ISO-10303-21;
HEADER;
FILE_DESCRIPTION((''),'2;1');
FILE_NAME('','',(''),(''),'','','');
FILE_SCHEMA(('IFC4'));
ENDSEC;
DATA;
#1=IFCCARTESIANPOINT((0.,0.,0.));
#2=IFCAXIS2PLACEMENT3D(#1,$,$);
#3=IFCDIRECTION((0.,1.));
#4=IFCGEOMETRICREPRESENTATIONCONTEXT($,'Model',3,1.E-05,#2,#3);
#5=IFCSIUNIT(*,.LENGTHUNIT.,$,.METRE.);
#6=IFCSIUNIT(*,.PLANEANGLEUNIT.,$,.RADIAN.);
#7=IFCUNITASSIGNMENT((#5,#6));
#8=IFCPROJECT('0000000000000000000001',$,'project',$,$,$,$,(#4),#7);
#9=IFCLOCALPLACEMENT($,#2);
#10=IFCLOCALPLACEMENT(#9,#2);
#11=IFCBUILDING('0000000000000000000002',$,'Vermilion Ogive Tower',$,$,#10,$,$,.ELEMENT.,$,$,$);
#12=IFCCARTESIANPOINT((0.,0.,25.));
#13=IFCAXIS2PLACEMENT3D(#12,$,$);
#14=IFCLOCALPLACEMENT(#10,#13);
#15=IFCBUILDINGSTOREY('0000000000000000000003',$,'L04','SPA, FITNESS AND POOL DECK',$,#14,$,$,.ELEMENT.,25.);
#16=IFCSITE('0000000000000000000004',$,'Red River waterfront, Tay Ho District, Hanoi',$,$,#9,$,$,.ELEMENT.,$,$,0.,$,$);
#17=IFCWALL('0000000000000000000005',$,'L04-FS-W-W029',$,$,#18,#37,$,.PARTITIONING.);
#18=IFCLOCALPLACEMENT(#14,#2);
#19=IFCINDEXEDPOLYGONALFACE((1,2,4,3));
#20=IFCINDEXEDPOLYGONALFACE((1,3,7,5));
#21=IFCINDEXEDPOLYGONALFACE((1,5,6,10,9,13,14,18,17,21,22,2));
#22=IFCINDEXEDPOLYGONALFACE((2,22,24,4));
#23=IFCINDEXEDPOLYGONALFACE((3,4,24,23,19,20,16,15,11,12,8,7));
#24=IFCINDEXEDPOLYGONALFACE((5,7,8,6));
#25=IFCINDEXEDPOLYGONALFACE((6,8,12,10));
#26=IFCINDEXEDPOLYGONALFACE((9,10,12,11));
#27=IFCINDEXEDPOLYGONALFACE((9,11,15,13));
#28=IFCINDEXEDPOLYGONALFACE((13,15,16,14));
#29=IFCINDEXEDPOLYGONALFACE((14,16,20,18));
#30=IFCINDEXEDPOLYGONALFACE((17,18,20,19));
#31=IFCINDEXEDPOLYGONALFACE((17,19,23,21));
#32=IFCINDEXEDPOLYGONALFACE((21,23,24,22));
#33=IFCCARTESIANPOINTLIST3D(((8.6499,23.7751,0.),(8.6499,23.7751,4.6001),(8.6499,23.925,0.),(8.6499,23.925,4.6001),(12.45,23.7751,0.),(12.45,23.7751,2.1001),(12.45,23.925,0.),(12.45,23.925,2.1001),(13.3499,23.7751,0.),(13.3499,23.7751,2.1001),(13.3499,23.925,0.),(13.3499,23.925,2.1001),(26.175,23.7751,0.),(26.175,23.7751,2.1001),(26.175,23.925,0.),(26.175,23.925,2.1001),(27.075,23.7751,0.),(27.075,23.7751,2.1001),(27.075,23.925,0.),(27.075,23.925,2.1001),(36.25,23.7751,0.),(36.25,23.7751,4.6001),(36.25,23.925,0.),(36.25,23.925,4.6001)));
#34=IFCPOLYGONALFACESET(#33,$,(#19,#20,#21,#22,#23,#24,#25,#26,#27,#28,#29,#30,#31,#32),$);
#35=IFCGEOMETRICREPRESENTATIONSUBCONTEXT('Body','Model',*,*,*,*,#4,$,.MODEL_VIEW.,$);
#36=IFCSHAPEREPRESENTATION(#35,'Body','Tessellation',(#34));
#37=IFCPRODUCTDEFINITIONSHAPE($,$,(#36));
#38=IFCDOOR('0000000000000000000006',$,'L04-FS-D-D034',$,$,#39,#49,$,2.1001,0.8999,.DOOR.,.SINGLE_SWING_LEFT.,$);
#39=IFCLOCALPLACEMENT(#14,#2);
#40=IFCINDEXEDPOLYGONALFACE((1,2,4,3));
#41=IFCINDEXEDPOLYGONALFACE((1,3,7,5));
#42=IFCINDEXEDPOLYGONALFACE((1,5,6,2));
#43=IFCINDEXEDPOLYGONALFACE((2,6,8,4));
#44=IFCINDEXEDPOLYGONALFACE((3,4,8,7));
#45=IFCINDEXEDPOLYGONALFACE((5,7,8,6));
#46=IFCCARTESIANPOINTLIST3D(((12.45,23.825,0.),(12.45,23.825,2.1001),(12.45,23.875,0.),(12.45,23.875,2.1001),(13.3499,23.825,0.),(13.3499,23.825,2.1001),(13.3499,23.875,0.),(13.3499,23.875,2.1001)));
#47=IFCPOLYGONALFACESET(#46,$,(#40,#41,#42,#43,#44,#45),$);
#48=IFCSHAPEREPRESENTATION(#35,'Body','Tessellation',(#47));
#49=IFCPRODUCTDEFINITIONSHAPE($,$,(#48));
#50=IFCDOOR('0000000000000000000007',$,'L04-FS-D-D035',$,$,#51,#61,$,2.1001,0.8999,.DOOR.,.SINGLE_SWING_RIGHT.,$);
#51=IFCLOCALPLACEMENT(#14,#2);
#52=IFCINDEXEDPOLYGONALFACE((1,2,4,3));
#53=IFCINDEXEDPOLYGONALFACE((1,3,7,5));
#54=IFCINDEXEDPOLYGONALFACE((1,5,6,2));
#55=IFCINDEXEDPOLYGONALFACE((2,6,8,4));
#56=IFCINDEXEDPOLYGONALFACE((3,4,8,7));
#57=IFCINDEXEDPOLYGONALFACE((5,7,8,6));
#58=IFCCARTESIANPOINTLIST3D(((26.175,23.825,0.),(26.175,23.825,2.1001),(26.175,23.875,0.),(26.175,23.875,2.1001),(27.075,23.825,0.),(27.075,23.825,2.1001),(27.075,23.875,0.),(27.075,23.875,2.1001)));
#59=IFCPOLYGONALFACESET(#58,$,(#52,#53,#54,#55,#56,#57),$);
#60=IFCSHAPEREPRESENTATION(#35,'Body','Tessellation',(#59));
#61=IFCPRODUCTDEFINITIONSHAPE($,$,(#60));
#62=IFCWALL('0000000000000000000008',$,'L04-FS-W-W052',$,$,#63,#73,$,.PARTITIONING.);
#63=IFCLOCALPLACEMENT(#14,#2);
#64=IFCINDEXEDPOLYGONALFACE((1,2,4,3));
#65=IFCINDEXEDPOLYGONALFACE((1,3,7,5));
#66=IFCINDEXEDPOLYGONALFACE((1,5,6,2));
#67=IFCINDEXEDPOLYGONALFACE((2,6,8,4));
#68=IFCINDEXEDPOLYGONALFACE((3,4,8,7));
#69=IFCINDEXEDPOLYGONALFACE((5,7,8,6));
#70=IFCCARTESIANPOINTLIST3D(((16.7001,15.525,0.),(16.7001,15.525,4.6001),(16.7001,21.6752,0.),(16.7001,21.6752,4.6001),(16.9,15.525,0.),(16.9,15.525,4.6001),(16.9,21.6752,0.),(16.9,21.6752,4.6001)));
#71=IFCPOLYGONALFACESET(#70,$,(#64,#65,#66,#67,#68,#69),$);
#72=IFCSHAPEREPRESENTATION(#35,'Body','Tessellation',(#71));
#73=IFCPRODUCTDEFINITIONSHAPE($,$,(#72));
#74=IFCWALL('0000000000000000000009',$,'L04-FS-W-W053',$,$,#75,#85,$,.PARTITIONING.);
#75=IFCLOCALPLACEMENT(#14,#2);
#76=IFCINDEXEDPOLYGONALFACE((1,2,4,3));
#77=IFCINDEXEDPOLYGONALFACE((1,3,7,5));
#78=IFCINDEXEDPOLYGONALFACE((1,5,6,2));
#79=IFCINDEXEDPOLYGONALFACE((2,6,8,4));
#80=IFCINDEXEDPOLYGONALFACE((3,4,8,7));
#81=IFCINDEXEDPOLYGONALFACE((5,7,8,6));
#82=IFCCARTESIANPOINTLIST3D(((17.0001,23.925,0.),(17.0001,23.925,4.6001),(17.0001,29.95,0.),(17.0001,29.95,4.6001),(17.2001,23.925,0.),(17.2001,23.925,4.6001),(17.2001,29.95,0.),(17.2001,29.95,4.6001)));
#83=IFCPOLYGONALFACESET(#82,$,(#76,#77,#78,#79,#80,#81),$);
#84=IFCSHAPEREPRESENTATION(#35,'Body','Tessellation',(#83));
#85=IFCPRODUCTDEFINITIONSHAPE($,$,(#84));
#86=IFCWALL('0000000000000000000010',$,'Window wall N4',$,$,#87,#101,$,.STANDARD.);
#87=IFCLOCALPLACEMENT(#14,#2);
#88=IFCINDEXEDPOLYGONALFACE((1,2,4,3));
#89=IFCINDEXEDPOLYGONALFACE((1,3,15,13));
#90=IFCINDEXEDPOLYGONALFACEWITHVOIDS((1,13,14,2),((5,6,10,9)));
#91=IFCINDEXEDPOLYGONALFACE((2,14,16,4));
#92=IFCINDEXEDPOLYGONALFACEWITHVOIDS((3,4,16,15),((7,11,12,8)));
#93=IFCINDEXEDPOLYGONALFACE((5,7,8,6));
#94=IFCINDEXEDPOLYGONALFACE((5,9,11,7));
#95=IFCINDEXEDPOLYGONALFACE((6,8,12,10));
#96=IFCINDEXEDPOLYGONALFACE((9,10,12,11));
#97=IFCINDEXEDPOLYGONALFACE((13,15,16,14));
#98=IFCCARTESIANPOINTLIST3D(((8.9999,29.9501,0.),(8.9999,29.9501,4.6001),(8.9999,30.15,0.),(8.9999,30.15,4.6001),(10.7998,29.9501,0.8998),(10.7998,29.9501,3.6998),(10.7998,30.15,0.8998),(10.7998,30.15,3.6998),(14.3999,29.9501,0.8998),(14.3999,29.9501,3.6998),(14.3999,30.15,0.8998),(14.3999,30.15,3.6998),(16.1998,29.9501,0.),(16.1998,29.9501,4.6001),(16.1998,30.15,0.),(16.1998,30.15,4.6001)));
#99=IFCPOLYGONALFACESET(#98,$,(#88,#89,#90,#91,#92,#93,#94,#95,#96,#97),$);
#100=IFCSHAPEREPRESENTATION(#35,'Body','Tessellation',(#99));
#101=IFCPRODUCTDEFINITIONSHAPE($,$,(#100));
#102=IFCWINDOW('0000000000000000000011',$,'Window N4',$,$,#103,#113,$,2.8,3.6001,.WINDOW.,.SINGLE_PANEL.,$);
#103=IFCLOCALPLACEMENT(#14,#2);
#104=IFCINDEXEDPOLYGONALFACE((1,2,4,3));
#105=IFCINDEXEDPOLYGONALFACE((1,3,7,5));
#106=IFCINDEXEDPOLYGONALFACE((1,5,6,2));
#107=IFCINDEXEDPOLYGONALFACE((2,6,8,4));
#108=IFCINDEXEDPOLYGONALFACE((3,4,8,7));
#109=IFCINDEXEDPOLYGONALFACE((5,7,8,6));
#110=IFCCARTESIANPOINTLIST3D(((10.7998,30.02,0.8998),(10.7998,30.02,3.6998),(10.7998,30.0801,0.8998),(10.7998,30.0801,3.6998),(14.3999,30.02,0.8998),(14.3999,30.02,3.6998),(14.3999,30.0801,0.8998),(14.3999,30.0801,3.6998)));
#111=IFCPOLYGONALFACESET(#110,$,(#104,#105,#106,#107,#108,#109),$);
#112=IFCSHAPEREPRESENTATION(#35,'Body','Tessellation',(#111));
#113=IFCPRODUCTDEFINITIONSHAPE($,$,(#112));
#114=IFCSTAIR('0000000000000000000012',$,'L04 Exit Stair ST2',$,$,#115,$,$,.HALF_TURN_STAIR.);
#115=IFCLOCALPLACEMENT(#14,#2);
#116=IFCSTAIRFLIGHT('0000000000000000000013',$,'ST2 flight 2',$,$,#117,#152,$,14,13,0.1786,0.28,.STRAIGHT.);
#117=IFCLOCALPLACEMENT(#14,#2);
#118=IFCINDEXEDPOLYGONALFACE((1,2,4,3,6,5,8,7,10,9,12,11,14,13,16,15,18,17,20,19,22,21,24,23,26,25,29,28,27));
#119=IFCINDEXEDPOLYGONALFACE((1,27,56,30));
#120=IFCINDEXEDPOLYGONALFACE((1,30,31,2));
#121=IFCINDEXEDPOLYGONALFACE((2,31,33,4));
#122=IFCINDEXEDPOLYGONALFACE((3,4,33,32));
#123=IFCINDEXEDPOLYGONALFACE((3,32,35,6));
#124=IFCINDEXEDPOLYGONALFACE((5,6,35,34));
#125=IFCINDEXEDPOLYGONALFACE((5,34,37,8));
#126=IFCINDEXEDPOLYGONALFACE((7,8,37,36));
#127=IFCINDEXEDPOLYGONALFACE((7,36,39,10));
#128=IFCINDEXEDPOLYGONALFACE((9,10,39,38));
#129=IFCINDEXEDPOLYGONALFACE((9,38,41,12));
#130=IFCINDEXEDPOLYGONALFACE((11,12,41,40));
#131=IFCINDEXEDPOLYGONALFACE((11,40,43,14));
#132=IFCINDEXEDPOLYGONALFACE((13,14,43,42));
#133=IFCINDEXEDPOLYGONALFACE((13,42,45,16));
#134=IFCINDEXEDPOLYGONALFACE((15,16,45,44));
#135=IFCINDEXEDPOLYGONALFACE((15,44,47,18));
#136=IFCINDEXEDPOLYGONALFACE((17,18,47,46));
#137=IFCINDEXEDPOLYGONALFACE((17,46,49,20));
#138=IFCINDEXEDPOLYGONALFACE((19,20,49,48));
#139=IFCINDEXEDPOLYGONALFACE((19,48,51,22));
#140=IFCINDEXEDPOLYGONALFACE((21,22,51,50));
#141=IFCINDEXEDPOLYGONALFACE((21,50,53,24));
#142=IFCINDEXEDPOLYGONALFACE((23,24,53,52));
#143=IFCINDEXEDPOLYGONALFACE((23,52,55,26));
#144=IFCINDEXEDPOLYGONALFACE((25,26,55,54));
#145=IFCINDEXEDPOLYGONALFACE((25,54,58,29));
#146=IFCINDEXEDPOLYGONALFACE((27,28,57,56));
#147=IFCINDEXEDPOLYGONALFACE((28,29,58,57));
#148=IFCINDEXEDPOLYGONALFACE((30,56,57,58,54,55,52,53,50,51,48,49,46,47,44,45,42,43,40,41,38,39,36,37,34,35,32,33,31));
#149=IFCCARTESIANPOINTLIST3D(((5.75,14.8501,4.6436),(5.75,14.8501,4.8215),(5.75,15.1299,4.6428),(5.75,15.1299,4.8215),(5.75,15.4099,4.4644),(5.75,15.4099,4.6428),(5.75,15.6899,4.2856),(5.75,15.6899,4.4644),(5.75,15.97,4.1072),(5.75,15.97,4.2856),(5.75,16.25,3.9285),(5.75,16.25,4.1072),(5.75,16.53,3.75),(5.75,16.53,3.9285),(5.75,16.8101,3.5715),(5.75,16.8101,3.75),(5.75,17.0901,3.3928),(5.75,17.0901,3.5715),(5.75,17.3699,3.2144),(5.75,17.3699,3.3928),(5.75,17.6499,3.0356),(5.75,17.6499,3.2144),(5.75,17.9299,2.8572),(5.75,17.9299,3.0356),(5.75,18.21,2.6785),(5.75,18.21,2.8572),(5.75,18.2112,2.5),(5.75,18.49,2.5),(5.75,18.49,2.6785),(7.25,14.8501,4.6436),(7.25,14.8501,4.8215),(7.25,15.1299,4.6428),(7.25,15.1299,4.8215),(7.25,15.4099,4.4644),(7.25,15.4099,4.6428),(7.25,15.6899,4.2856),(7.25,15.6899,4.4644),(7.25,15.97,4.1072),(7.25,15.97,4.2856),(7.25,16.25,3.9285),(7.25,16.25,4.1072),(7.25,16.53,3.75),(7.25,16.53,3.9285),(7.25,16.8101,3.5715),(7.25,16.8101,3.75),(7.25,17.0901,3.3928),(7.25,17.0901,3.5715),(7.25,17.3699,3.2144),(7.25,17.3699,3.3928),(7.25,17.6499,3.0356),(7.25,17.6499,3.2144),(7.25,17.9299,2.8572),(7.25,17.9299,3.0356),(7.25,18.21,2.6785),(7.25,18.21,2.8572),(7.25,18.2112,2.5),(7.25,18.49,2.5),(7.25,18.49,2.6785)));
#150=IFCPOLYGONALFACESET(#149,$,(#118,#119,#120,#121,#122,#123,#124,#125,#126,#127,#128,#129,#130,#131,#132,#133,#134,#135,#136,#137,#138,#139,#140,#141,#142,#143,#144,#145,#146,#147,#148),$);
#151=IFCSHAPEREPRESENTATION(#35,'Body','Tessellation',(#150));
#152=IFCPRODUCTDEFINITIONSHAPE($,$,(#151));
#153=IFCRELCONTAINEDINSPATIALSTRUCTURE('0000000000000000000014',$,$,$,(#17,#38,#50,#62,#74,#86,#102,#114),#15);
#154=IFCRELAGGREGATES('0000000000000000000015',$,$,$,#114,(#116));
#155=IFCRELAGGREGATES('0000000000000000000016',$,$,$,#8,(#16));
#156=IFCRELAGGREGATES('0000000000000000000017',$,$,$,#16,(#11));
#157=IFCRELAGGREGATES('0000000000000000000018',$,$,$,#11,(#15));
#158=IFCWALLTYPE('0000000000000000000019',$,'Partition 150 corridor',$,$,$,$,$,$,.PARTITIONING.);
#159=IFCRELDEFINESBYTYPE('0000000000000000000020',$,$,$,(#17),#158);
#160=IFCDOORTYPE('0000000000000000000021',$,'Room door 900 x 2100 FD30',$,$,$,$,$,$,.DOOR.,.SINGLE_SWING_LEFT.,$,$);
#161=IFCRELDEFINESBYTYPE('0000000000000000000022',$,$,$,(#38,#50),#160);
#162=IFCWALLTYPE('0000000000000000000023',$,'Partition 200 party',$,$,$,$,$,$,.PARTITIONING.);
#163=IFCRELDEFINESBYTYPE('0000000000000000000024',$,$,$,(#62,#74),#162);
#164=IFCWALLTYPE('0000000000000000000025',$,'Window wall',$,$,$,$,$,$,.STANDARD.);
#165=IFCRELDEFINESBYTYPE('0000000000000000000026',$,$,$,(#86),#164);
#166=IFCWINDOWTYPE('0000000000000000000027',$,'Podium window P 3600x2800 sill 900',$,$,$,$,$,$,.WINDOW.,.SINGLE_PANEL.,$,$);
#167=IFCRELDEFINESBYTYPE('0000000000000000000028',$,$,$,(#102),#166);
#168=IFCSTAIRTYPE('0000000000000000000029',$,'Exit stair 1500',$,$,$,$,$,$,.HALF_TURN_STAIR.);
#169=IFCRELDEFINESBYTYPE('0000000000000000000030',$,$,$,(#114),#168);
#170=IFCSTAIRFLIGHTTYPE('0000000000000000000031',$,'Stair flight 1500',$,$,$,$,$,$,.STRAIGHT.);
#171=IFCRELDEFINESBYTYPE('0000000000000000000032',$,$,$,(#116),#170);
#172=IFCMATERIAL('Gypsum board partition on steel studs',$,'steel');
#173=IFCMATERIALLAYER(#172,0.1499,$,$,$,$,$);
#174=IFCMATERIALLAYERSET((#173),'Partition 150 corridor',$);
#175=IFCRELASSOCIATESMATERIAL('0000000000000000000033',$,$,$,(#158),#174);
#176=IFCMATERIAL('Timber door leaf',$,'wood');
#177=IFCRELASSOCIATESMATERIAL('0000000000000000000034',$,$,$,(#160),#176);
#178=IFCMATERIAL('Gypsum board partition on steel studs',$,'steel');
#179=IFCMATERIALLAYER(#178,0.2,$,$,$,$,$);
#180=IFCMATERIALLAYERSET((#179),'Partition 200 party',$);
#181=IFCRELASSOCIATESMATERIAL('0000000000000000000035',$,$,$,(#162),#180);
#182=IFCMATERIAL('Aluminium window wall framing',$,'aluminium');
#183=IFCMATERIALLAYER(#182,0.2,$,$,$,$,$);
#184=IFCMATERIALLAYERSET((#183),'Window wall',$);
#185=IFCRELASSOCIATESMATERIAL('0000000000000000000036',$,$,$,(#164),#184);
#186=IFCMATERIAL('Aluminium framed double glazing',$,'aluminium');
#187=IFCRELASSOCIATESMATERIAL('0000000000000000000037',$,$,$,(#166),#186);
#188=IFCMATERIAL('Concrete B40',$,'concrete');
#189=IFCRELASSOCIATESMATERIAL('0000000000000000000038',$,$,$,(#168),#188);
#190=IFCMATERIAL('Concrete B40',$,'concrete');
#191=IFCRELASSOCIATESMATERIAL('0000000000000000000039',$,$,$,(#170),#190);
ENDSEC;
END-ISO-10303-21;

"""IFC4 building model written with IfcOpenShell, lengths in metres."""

from ifc_helpers import new_model, si_unit, direction, frame, frame_2d, origin, place, context, subcontext, project, spatial, polyline, rectangle, outline, extrude, material, layer, layer_set, type_object, element, fill, aggregate, save


model = new_model("IFC4")

# Units and contexts
model_context = context("Model", 3, precision=1e-05, world=origin(), true_north=direction((0.0, 1.0)))
body_context = subcontext(model_context, "Body", "Model", "MODEL_VIEW")
ifc_project = project(units=[si_unit("LENGTHUNIT", "METRE"), si_unit("PLANEANGLEUNIT", "RADIAN")], contexts=[model_context])

# Site, building, storey
site_placement = place(None, origin())
site = spatial("IfcSite", under=ifc_project, at=site_placement, Name="Red River waterfront, Tay Ho District, Hanoi", CompositionType="ELEMENT", RefElevation=0.0)
building_placement = place(site_placement, origin())
building = spatial("IfcBuilding", under=site, at=building_placement, Name="Vermilion Ogive Tower", CompositionType="ELEMENT")
storey_placement = place(building_placement, frame((0.0, 0.0, 25.0)))
storey = spatial("IfcBuildingStorey", under=building, at=storey_placement, Name="L04", Description="SPA, FITNESS AND POOL DECK", CompositionType="ELEMENT", Elevation=25.0)

# Shared definitions
ifc_material_1 = material(Name="Gypsum board partition on steel studs", Category="steel")
ifc_layer_1 = layer(ifc_material_1, 0.1499)
ifc_layer_set_1 = layer_set([ifc_layer_1], Name="Partition 150 corridor")
wall_type_1 = type_object("IfcWallType", Name="Partition 150 corridor", PredefinedType="PARTITIONING", material=ifc_layer_set_1)
ifc_material_2 = material(Name="Timber door leaf", Category="wood")
door_type_1 = type_object("IfcDoorType", Name="Room door 900 x 2100 FD30", OperationType="SINGLE_SWING_LEFT", PredefinedType="DOOR", material=ifc_material_2)

# Wall, openings, doors
wall_1_placement = place(storey_placement, frame((8.6499, 23.8501, 0.0), z_axis=(0.0, 0.0, 1.0), x_axis=(1.0, 0.0, 0.0)))
wall_1 = element("IfcWall", 1, at=wall_1_placement, inside=storey, type_object=wall_type_1, Name="L04-FS-W-W029", PredefinedType="PARTITIONING", context=body_context, shape_type="SweptSolid", body=[
    extrude(rectangle(XDim=27.6001, YDim=0.1499, at=frame_2d((13.8, 0.0))), origin(), (0.0, 0.0, 1.0), 4.6001),
])
opening_1_placement = place(wall_1_placement, frame((3.8, 0.0, 0.0)))
opening_1 = element("IfcOpeningElement", 2, at=opening_1_placement, cuts=wall_1, PredefinedType="OPENING", context=body_context, shape_type="SweptSolid", body=[
    extrude(rectangle(XDim=0.8999, YDim=2.1001, at=frame_2d((0.45, 1.05))), frame((0.0, 0.085, 0.0), z_axis=(0.0, -1.0, 0.0), x_axis=(1.0, 0.0, 0.0)), (0.0, 0.0, 1.0), 0.1699),
])
opening_2_placement = place(wall_1_placement, frame((17.5251, 0.0, 0.0)))
opening_2 = element("IfcOpeningElement", 3, at=opening_2_placement, cuts=wall_1, PredefinedType="OPENING", context=body_context, shape_type="SweptSolid", body=[
    extrude(rectangle(XDim=0.8999, YDim=2.1001, at=frame_2d((0.45, 1.05))), frame((0.0, 0.085, 0.0), z_axis=(0.0, -1.0, 0.0), x_axis=(1.0, 0.0, 0.0)), (0.0, 0.0, 1.0), 0.1699),
])
door_1_placement = place(opening_1_placement, origin())
door_1 = element("IfcDoor", 4, at=door_1_placement, inside=storey, type_object=door_type_1, Name="L04-FS-D-D034", OperationType="SINGLE_SWING_LEFT", OverallHeight=2.1001, OverallWidth=0.8999, PredefinedType="DOOR", context=body_context, shape_type="SweptSolid", body=[
    extrude(rectangle(XDim=0.8999, YDim=2.1001, at=frame_2d((0.45, 1.05))), frame((0.0, 0.0249, 0.0), z_axis=(0.0, -1.0, 0.0), x_axis=(1.0, 0.0, 0.0)), (0.0, 0.0, 1.0), 0.05),
])
fill(opening_1, door_1)
door_2_placement = place(opening_2_placement, origin())
door_2 = element("IfcDoor", 5, at=door_2_placement, inside=storey, type_object=door_type_1, Name="L04-FS-D-D035", OperationType="SINGLE_SWING_RIGHT", OverallHeight=2.1001, OverallWidth=0.8999, PredefinedType="DOOR", context=body_context, shape_type="SweptSolid", body=[
    extrude(rectangle(XDim=0.8999, YDim=2.1001, at=frame_2d((0.45, 1.05))), frame((0.0, 0.0249, 0.0), z_axis=(0.0, -1.0, 0.0), x_axis=(1.0, 0.0, 0.0)), (0.0, 0.0, 1.0), 0.05),
])
fill(opening_2, door_2)

# Walls
ifc_material_3 = material(Name="Gypsum board partition on steel studs", Category="steel")
ifc_layer_2 = layer(ifc_material_3, 0.2)
ifc_layer_set_2 = layer_set([ifc_layer_2], Name="Partition 200 party")
wall_type_2 = type_object("IfcWallType", Name="Partition 200 party", PredefinedType="PARTITIONING", material=ifc_layer_set_2)
wall_2_placement = place(storey_placement, frame((16.8, 15.5249, 0.0), z_axis=(0.0, 0.0, 1.0), x_axis=(0.0, 1.0, 0.0)))
element("IfcWall", 6, at=wall_2_placement, inside=storey, type_object=wall_type_2, Name="L04-FS-W-W052", PredefinedType="PARTITIONING", context=body_context, shape_type="SweptSolid", body=[
    extrude(rectangle(XDim=6.1501, YDim=0.2, at=frame_2d((3.0752, 0.0))), origin(), (0.0, 0.0, 1.0), 4.6001),
])
wall_3_placement = place(storey_placement, frame((17.1001, 23.925, 0.0), z_axis=(0.0, 0.0, 1.0), x_axis=(0.0, 1.0, 0.0)))
element("IfcWall", 7, at=wall_3_placement, inside=storey, type_object=wall_type_2, Name="L04-FS-W-W053", PredefinedType="PARTITIONING", context=body_context, shape_type="SweptSolid", body=[
    extrude(rectangle(XDim=6.0249, YDim=0.2, at=frame_2d((3.0125, 0.0))), origin(), (0.0, 0.0, 1.0), 4.6001),
])

# Wall, opening, window
ifc_material_4 = material(Name="Aluminium window wall framing", Category="aluminium")
ifc_layer_3 = layer(ifc_material_4, 0.2)
ifc_layer_set_3 = layer_set([ifc_layer_3], Name="Window wall")
wall_type_3 = type_object("IfcWallType", Name="Window wall", PredefinedType="STANDARD", material=ifc_layer_set_3)
wall_4_placement = place(storey_placement, frame((16.2, 30.05, 0.0), z_axis=(0.0, 0.0, 1.0), x_axis=(-1.0, 0.0, 0.0)))
wall_4 = element("IfcWall", 8, at=wall_4_placement, inside=storey, type_object=wall_type_3, Name="Window wall N4", PredefinedType="STANDARD", context=body_context, shape_type="SweptSolid", body=[
    extrude(rectangle(XDim=7.2, YDim=0.2, at=frame_2d((3.6001, 0.0))), origin(), (0.0, 0.0, 1.0), 4.6001),
])
opening_3_placement = place(wall_4_placement, frame((1.8, 0.0, 0.8999)))
opening_3 = element("IfcOpeningElement", 9, at=opening_3_placement, cuts=wall_4, PredefinedType="OPENING", context=body_context, shape_type="SweptSolid", body=[
    extrude(rectangle(XDim=3.6001, YDim=2.8, at=frame_2d((1.8, 1.3999))), frame((0.0, 0.1099, 0.0), z_axis=(0.0, -1.0, 0.0), x_axis=(1.0, 0.0, 0.0)), (0.0, 0.0, 1.0), 0.22),
])
ifc_material_5 = material(Name="Aluminium framed double glazing", Category="aluminium")
window_type = type_object("IfcWindowType", Name="Podium window P 3600x2800 sill 900", PartitioningType="SINGLE_PANEL", PredefinedType="WINDOW", material=ifc_material_5)
window_placement = place(opening_3_placement, origin())
window = element("IfcWindow", 10, at=window_placement, inside=storey, type_object=window_type, Name="Window N4", OverallHeight=2.8, OverallWidth=3.6001, PartitioningType="SINGLE_PANEL", PredefinedType="WINDOW", context=body_context, shape_type="SweptSolid", body=[
    extrude(rectangle(XDim=3.6001, YDim=2.8, at=frame_2d((1.8, 1.3999))), frame((0.0, 0.03, 0.0), z_axis=(0.0, -1.0, 0.0), x_axis=(1.0, 0.0, 0.0)), (0.0, 0.0, 1.0), 0.0601),
])
fill(opening_3, window)

# Stair, stair flight
ifc_material_6 = material(Name="Concrete B40", Category="concrete")
stair_type = type_object("IfcStairType", Name="Exit stair 1500", PredefinedType="HALF_TURN_STAIR", material=ifc_material_6)
stair_placement = place(storey_placement, origin())
stair = element("IfcStair", 11, at=stair_placement, inside=storey, type_object=stair_type, Name="L04 Exit Stair ST2", PredefinedType="HALF_TURN_STAIR")
ifc_material_7 = material(Name="Concrete B40", Category="concrete")
stair_flight_type = type_object("IfcStairFlightType", Name="Stair flight 1500", PredefinedType="STRAIGHT", material=ifc_material_7)
stair_flight_placement = place(storey_placement, frame((6.5, 18.49, 2.5), z_axis=(0.0, 0.0, 1.0), x_axis=(0.0, -1.0, 0.0)))
stair_flight = element("IfcStairFlight", 12, at=stair_flight_placement, type_object=stair_flight_type, Name="ST2 flight 2", NumberOfRisers=14, NumberOfTreads=13, PredefinedType="STRAIGHT", RiserHeight=0.1786, TreadLength=0.28, context=body_context, shape_type="SweptSolid", body=[
    extrude(outline(polyline([(0.0, 0.0), (0.0, 0.1785), (0.28, 0.1785), (0.28, 0.3572), (0.5601, 0.3572), (0.5601, 0.5356), (0.8401, 0.5356), (0.8401, 0.7144), (1.1201, 0.7144), (1.1201, 0.8928), (1.3999, 0.8928), (1.3999, 1.0715), (1.6799, 1.0715), (1.6799, 1.25), (1.96, 1.25), (1.96, 1.4285), (2.24, 1.4285), (2.24, 1.6072), (2.52, 1.6072), (2.52, 1.7856), (2.8, 1.7856), (2.8, 1.9644), (3.0801, 1.9644), (3.0801, 2.1428), (3.3601, 2.1428), (3.3601, 2.3215), (3.6399, 2.3215), (3.6399, 2.5), (3.6399, 2.1436), (0.2788, 0.0), (0.0, 0.0)])), frame((0.0, 0.75, 0.0), z_axis=(0.0, -1.0, 0.0), x_axis=(1.0, 0.0, 0.0)), (0.0, 0.0, 1.0), 1.5),
])
aggregate(stair, [stair_flight])

save(model, "model.ifc")
